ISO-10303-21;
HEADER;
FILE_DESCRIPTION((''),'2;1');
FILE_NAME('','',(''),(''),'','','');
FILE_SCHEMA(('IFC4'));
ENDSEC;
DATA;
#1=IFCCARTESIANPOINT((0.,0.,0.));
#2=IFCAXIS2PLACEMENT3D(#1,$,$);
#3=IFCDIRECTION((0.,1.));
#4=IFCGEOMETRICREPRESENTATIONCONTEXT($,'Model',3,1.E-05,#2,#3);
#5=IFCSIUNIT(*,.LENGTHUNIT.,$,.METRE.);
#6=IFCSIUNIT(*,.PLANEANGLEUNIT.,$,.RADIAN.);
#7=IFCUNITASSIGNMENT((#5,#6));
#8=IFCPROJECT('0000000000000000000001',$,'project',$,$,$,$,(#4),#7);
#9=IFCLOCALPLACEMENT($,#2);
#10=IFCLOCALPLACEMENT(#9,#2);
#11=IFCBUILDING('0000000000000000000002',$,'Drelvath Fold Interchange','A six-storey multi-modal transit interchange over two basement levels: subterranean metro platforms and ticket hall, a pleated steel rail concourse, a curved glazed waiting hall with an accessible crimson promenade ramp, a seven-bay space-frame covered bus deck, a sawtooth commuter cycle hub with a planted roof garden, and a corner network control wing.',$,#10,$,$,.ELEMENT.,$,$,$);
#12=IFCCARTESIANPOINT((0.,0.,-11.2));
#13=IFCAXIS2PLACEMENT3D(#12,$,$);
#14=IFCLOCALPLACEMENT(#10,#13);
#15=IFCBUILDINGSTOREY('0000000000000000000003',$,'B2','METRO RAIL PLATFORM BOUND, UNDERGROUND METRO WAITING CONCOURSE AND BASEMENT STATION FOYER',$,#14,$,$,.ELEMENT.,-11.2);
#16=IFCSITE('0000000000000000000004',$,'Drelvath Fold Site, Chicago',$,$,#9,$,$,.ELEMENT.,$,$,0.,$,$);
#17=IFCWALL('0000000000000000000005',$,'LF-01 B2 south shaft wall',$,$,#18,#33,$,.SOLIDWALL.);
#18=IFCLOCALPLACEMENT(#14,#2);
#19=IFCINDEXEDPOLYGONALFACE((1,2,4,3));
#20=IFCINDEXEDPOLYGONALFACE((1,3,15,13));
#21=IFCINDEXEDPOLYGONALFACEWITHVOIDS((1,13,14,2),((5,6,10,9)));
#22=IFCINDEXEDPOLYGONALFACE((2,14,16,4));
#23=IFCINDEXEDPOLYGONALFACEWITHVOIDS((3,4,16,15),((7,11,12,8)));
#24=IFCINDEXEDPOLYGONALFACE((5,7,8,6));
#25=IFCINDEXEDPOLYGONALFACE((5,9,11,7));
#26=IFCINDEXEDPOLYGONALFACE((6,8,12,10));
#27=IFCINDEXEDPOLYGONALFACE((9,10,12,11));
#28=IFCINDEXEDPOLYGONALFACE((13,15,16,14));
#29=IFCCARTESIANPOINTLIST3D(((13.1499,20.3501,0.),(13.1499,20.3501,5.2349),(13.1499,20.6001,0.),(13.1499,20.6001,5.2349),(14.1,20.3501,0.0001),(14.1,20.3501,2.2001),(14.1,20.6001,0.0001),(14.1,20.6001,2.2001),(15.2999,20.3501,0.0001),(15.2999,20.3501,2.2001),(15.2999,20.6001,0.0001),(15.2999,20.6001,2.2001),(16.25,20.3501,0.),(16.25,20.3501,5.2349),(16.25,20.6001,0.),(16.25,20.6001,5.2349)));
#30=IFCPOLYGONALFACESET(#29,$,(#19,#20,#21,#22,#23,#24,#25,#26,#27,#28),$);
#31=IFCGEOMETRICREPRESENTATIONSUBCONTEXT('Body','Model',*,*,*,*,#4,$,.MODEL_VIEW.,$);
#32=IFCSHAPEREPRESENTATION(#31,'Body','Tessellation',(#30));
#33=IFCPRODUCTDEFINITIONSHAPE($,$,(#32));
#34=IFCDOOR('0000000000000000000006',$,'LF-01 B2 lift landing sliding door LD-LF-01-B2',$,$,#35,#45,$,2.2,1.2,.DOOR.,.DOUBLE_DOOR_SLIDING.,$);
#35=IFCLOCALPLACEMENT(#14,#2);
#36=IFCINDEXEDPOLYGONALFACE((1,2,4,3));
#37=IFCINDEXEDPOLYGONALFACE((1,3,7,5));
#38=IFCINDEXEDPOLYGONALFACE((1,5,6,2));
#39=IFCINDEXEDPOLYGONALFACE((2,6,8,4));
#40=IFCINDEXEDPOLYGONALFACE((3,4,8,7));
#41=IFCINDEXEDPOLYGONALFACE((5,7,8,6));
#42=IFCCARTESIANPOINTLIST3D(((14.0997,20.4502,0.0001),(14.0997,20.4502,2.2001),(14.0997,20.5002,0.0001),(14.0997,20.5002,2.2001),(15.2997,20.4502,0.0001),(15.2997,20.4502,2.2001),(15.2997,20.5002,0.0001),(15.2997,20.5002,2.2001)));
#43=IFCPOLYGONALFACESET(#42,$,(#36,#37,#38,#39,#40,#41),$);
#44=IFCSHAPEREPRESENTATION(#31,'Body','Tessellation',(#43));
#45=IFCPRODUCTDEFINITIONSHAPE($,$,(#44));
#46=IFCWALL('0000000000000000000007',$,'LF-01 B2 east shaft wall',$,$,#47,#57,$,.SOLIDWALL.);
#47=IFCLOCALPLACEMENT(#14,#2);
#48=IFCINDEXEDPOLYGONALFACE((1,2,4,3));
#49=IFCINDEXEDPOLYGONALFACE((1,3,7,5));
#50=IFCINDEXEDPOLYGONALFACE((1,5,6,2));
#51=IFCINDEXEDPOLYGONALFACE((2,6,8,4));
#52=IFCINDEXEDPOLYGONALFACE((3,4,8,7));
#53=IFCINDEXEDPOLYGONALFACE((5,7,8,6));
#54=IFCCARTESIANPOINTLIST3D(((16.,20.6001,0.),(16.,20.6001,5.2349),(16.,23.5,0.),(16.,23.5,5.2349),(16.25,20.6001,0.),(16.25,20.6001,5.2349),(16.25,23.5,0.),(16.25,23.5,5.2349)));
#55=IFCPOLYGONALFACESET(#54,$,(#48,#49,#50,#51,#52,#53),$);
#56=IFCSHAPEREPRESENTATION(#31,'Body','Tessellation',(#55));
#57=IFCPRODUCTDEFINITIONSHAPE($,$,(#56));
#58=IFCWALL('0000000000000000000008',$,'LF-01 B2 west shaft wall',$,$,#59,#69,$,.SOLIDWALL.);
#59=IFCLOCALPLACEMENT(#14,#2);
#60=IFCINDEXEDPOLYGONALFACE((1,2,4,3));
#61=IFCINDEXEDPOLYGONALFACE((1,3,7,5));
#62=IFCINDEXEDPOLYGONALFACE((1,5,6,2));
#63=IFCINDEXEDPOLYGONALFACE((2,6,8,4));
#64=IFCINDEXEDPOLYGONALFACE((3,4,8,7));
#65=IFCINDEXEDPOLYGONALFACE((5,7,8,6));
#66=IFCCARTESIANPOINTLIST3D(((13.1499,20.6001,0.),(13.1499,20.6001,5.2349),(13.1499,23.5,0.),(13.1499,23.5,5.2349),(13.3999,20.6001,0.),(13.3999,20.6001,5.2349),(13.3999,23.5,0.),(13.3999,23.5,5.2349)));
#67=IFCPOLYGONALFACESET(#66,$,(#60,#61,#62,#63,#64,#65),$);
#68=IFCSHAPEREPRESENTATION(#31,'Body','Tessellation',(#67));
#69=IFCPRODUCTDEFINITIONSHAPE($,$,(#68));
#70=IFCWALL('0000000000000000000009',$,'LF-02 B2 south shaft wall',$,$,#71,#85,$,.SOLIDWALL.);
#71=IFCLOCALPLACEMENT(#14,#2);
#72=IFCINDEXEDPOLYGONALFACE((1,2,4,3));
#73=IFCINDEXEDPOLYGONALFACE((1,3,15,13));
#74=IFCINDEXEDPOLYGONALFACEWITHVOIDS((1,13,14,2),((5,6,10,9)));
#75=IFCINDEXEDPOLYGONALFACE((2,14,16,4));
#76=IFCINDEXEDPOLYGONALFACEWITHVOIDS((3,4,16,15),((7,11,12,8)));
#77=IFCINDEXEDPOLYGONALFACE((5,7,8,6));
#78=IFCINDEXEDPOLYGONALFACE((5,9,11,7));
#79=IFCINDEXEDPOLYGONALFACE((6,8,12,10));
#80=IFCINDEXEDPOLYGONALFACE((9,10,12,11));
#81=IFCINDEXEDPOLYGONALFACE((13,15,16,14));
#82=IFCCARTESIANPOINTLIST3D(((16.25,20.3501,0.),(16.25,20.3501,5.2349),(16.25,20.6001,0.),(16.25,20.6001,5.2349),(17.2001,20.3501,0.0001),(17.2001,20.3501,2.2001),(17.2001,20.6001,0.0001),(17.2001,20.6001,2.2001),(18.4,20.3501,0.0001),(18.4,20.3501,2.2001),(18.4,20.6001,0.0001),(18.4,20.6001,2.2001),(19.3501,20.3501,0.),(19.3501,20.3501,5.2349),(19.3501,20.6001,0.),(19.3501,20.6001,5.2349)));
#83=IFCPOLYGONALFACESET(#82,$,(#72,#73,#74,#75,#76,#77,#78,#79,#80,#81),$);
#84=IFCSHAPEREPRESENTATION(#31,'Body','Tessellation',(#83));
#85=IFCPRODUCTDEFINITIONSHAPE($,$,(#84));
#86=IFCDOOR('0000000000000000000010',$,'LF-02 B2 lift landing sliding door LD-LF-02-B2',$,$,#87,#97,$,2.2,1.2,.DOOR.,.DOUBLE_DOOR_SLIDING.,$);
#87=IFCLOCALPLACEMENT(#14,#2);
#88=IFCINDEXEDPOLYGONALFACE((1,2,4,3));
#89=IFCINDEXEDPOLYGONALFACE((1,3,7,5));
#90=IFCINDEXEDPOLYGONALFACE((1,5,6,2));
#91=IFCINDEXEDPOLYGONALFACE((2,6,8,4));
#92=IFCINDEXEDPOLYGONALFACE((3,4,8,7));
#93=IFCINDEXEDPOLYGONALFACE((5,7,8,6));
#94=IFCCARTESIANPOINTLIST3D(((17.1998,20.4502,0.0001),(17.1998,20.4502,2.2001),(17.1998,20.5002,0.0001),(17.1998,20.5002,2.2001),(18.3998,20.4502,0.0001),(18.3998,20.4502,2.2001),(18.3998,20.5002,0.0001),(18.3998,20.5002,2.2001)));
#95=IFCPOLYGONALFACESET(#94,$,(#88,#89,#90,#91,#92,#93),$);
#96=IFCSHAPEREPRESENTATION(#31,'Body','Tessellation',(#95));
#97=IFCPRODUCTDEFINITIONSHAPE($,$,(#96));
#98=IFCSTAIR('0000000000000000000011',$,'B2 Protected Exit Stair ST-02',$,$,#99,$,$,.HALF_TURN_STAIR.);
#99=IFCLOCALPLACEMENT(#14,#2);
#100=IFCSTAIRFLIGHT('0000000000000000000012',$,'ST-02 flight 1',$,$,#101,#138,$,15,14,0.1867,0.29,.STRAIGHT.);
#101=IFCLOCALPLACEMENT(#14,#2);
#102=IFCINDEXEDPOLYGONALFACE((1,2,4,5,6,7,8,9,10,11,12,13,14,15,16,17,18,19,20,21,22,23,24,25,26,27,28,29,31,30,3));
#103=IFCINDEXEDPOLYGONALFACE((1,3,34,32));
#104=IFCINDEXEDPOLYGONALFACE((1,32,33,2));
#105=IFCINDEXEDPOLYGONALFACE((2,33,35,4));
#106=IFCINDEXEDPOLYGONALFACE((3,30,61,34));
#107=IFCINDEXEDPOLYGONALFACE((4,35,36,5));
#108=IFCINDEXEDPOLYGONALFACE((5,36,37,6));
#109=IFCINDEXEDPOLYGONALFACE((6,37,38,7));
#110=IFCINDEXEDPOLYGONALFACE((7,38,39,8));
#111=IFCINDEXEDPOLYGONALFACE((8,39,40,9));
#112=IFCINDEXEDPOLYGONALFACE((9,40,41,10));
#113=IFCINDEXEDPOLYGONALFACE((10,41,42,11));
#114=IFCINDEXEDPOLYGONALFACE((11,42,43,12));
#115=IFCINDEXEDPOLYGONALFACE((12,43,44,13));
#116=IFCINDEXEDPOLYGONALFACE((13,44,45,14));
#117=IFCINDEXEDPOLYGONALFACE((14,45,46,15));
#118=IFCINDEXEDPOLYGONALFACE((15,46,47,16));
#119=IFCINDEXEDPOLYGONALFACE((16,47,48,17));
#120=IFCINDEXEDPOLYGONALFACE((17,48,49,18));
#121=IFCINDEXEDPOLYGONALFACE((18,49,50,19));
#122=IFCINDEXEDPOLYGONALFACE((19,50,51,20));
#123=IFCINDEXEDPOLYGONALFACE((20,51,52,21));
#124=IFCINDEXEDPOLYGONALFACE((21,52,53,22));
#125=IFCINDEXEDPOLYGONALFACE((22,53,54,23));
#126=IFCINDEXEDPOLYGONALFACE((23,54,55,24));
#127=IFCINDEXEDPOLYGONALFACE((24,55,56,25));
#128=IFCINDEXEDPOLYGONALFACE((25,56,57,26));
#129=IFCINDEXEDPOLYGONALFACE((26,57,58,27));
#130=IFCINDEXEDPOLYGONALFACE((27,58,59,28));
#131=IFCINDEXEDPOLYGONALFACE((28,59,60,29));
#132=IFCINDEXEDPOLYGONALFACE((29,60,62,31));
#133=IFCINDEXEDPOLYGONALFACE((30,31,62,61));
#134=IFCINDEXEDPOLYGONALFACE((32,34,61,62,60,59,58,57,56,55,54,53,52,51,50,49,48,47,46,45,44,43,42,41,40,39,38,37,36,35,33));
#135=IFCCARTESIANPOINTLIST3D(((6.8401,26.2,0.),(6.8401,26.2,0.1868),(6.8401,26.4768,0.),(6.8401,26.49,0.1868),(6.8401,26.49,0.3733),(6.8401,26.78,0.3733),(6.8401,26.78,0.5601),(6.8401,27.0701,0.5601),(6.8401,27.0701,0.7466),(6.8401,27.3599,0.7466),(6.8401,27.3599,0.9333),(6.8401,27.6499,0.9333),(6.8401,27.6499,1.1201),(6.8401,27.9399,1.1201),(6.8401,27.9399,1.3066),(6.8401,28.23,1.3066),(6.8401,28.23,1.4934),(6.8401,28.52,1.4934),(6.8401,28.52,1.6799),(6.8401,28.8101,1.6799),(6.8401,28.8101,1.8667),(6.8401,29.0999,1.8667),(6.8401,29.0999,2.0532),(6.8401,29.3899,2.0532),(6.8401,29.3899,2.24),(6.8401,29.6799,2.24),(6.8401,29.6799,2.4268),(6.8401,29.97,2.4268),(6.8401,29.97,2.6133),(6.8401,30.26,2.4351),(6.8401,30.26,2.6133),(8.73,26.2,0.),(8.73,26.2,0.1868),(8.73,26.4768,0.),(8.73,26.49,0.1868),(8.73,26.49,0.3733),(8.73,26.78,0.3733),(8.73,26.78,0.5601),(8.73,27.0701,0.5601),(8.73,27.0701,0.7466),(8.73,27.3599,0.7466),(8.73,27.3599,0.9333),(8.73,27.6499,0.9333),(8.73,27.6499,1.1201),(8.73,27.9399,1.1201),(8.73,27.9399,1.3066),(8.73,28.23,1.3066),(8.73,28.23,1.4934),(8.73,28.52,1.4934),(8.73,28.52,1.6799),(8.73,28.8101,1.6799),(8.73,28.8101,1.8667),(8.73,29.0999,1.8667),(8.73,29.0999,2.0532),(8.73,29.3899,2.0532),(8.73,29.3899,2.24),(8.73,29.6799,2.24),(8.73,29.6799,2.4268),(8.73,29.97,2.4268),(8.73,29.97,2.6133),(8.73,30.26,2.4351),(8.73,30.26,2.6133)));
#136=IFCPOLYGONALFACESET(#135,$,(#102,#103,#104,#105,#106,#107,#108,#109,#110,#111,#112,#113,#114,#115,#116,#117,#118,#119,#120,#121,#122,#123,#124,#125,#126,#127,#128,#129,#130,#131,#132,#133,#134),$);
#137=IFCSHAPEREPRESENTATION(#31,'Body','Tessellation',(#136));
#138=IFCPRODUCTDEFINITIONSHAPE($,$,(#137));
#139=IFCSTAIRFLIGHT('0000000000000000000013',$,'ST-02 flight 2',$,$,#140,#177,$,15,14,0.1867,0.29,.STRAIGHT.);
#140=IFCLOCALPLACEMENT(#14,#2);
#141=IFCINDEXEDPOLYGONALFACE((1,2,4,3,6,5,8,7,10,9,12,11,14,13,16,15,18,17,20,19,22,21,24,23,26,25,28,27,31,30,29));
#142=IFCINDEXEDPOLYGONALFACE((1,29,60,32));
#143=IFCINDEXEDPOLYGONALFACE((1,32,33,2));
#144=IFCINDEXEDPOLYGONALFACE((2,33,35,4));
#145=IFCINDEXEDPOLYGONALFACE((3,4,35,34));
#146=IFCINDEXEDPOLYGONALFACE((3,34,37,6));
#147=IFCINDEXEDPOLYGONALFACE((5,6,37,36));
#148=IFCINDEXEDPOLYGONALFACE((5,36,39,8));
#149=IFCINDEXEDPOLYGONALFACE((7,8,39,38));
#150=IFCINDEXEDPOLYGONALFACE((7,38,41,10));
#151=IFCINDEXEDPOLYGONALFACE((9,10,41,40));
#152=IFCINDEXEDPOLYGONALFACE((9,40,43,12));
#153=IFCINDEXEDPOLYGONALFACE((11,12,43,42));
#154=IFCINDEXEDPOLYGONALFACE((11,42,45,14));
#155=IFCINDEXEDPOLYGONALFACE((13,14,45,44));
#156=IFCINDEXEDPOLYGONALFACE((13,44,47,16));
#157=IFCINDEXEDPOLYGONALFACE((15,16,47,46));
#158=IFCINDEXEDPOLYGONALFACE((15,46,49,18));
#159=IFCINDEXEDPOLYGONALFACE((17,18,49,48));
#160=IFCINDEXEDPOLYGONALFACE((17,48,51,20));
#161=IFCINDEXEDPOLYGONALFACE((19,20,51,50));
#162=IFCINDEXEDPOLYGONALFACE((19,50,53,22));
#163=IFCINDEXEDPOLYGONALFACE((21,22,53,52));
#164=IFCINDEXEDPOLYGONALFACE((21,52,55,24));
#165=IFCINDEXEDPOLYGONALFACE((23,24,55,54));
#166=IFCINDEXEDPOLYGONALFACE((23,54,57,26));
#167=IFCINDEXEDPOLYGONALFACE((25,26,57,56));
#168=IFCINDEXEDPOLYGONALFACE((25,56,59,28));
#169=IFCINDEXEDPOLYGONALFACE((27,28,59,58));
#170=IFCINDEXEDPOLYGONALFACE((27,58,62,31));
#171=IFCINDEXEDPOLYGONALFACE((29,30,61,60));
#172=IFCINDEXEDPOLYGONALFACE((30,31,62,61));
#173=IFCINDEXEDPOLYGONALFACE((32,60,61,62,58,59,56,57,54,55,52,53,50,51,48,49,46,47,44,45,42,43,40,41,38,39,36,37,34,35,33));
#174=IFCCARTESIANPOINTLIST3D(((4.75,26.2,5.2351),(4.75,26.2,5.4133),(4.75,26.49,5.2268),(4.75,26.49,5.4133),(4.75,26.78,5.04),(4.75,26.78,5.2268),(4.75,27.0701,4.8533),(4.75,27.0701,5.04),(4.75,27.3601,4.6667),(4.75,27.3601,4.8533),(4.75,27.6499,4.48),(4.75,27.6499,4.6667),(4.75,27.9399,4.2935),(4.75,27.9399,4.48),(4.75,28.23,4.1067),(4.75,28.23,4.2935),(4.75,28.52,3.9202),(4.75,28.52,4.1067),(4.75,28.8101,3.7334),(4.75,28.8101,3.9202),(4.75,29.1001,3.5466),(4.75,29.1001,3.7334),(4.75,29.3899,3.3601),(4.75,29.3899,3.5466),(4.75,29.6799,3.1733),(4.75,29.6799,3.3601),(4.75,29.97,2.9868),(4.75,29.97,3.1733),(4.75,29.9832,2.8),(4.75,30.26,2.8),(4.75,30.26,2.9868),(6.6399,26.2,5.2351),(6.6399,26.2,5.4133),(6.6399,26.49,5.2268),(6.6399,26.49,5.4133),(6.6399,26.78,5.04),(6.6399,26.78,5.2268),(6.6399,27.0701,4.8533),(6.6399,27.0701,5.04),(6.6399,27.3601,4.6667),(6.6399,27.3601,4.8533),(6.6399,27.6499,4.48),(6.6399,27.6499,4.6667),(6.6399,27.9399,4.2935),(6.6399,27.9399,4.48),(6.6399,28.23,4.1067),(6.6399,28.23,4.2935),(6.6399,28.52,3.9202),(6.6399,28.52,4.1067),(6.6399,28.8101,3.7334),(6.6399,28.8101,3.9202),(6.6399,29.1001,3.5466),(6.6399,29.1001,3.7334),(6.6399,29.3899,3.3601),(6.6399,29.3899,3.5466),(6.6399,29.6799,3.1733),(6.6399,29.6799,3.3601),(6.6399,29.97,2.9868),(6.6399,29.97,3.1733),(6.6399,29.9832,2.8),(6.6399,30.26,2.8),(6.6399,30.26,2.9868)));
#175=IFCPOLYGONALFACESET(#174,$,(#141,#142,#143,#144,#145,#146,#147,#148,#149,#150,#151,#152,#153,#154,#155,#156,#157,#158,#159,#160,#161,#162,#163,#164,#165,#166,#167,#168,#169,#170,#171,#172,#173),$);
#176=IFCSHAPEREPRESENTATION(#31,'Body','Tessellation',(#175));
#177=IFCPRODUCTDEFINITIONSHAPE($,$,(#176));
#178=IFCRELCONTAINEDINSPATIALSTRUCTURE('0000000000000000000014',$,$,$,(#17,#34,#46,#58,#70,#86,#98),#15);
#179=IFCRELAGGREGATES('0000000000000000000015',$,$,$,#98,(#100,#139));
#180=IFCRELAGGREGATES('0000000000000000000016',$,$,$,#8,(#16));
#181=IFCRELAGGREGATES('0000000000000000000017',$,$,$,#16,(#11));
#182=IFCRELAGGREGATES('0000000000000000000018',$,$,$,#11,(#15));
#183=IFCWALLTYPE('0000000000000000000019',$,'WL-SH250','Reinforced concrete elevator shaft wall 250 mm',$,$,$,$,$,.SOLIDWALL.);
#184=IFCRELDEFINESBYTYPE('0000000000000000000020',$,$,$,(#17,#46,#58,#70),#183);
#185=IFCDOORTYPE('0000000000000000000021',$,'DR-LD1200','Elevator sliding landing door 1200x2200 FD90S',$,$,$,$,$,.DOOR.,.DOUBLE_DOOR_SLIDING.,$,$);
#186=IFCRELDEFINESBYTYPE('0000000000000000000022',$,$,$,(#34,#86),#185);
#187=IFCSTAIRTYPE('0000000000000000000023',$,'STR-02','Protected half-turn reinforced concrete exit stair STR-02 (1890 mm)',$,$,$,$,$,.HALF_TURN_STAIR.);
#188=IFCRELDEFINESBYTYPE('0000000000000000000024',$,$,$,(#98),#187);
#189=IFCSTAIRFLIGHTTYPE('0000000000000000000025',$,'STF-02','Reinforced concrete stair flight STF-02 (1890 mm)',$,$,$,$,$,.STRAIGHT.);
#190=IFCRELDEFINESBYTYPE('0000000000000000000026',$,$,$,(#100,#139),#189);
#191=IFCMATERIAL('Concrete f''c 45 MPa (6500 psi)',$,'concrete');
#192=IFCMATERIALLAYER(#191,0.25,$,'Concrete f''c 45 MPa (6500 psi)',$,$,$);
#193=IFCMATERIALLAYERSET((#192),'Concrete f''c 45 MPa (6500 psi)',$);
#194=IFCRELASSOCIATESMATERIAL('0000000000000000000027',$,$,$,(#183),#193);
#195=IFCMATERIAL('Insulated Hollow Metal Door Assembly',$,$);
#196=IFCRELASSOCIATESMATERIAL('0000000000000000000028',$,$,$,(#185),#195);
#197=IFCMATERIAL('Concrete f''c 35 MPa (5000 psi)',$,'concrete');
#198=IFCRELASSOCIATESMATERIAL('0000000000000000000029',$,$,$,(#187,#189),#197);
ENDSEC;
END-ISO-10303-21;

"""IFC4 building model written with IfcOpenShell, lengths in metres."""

from ifc_helpers import new_model, si_unit, direction, frame, frame_2d, origin, place, context, subcontext, project, spatial, polyline, rectangle, outline, extrude, material, layer, layer_set, type_object, element, fill, aggregate, save


model = new_model("IFC4")

# Units and contexts
model_context = context("Model", 3, precision=1e-05, world=origin(), true_north=direction((0.0, 1.0)))
body_context = subcontext(model_context, "Body", "Model", "MODEL_VIEW")
ifc_project = project(units=[si_unit("LENGTHUNIT", "METRE"), si_unit("PLANEANGLEUNIT", "RADIAN")], contexts=[model_context])

# Site, building, storey
site_placement = place(None, origin())
site = spatial("IfcSite", under=ifc_project, at=site_placement, Name="Drelvath Fold Site, Chicago", CompositionType="ELEMENT", RefElevation=0.0)
building_placement = place(site_placement, origin())
building = spatial("IfcBuilding", under=site, at=building_placement, Name="Drelvath Fold Interchange", Description="A six-storey multi-modal transit interchange over two basement levels: subterranean metro platforms and ticket hall, a pleated steel rail concourse, a curved glazed waiting hall with an accessible crimson promenade ramp, a seven-bay space-frame covered bus deck, a sawtooth commuter cycle hub with a planted roof garden, and a corner network control wing.", CompositionType="ELEMENT")
storey_placement = place(building_placement, frame((0.0, 0.0, -11.2)))
storey = spatial("IfcBuildingStorey", under=building, at=storey_placement, Name="B2", Description="METRO RAIL PLATFORM BOUND, UNDERGROUND METRO WAITING CONCOURSE AND BASEMENT STATION FOYER", CompositionType="ELEMENT", Elevation=-11.2)

# Shared definitions
ifc_material_1 = material(Name="Concrete f'c 45 MPa (6500 psi)", Category="concrete")

# Shared definitions
ifc_material_2 = material(Name="Insulated Hollow Metal Door Assembly")

# Shared definitions
ifc_layer_1 = layer(ifc_material_1, 0.25, Name="Concrete f'c 45 MPa (6500 psi)")
ifc_layer_set_1 = layer_set([ifc_layer_1], Name="Concrete f'c 45 MPa (6500 psi)")
wall_type_1 = type_object("IfcWallType", Name="WL-SH250", Description="Reinforced concrete elevator shaft wall 250 mm", PredefinedType="SOLIDWALL", material=ifc_layer_set_1)

# Wall, opening, door
wall_1_placement = place(storey_placement, frame((13.1499, 20.4751, 0.0), z_axis=(0.0, 0.0, 1.0), x_axis=(1.0, 0.0, 0.0)))
wall_1 = element("IfcWall", 1, at=wall_1_placement, inside=storey, type_object=wall_type_1, Name="LF-01 B2 south shaft wall", PredefinedType="SOLIDWALL", context=body_context, shape_type="SweptSolid", body=[
    extrude(rectangle(XDim=3.1001, YDim=0.25, at=frame_2d((1.55, 0.0))), origin(), (0.0, 0.0, 1.0), 5.2349),
])
opening_1_placement = place(wall_1_placement, frame((0.95, 0.0, 0.0)))
opening_1 = element("IfcOpeningElement", 2, at=opening_1_placement, cuts=wall_1, PredefinedType="OPENING", context=body_context, shape_type="SweptSolid", body=[
    extrude(rectangle(XDim=1.2, YDim=2.2, at=frame_2d((0.6001, 1.1001))), frame((0.0, 0.135, 0.0), z_axis=(0.0, -1.0, 0.0), x_axis=(1.0, 0.0, 0.0)), (0.0, 0.0, 1.0), 0.27),
])
door_type_1 = type_object("IfcDoorType", Name="DR-LD1200", Description="Elevator sliding landing door 1200x2200 FD90S", OperationType="DOUBLE_DOOR_SLIDING", PredefinedType="DOOR", material=ifc_material_2)
door_1_placement = place(opening_1_placement, frame((1.2, 0.0, 0.0), z_axis=(0.0, 0.0, 1.0), x_axis=(-1.0, 0.0, 0.0)))
door_1 = element("IfcDoor", 3, at=door_1_placement, inside=storey, type_object=door_type_1, Name="LF-01 B2 lift landing sliding door LD-LF-01-B2", OperationType="DOUBLE_DOOR_SLIDING", OverallHeight=2.2, OverallWidth=1.2, PredefinedType="DOOR", context=body_context, shape_type="SweptSolid", body=[
    extrude(rectangle(XDim=1.2, YDim=2.2, at=frame_2d((0.6001, 1.1001))), frame((0.0, 0.0249, 0.0), z_axis=(0.0, -1.0, 0.0), x_axis=(1.0, 0.0, 0.0)), (0.0, 0.0, 1.0), 0.05),
])
fill(opening_1, door_1)

# Walls
for number, where, z_axis, x_axis, name in (
    (4, (16.125, 20.6001, 0.0), (0.0, 0.0, 1.0), (0.0, 1.0, 0.0), "LF-01 B2 east shaft wall"),
    (5, (13.2749, 23.5, 0.0), (0.0, 0.0, 1.0), (0.0, -1.0, 0.0), "LF-01 B2 west shaft wall"),
):
    element("IfcWall", number, at=place(storey_placement, frame(where, z_axis=z_axis, x_axis=x_axis)), inside=storey, type_object=wall_type_1, Name=name, PredefinedType="SOLIDWALL", context=body_context, shape_type="SweptSolid", body=[
        extrude(rectangle(XDim=2.8999, YDim=0.25, at=frame_2d((1.45, 0.0))), origin(), (0.0, 0.0, 1.0), 5.2349),
    ])

# Wall, opening, door
wall_2_placement = place(storey_placement, frame((16.25, 20.4751, 0.0), z_axis=(0.0, 0.0, 1.0), x_axis=(1.0, 0.0, 0.0)))
wall_2 = element("IfcWall", 6, at=wall_2_placement, inside=storey, type_object=wall_type_1, Name="LF-02 B2 south shaft wall", PredefinedType="SOLIDWALL", context=body_context, shape_type="SweptSolid", body=[
    extrude(rectangle(XDim=3.1001, YDim=0.25, at=frame_2d((1.55, 0.0))), origin(), (0.0, 0.0, 1.0), 5.2349),
])
opening_2_placement = place(wall_2_placement, frame((0.95, 0.0, 0.0)))
opening_2 = element("IfcOpeningElement", 7, at=opening_2_placement, cuts=wall_2, PredefinedType="OPENING", context=body_context, shape_type="SweptSolid", body=[
    extrude(rectangle(XDim=1.2, YDim=2.2, at=frame_2d((0.6001, 1.1001))), frame((0.0, 0.135, 0.0), z_axis=(0.0, -1.0, 0.0), x_axis=(1.0, 0.0, 0.0)), (0.0, 0.0, 1.0), 0.27),
])
door_2_placement = place(opening_2_placement, frame((1.2, 0.0, 0.0), z_axis=(0.0, 0.0, 1.0), x_axis=(-1.0, 0.0, 0.0)))
door_2 = element("IfcDoor", 8, at=door_2_placement, inside=storey, type_object=door_type_1, Name="LF-02 B2 lift landing sliding door LD-LF-02-B2", OperationType="DOUBLE_DOOR_SLIDING", OverallHeight=2.2, OverallWidth=1.2, PredefinedType="DOOR", context=body_context, shape_type="SweptSolid", body=[
    extrude(rectangle(XDim=1.2, YDim=2.2, at=frame_2d((0.6001, 1.1001))), frame((0.0, 0.0249, 0.0), z_axis=(0.0, -1.0, 0.0), x_axis=(1.0, 0.0, 0.0)), (0.0, 0.0, 1.0), 0.05),
])
fill(opening_2, door_2)

# Stair, stair flights
ifc_material_3 = material(Name="Concrete f'c 35 MPa (5000 psi)", Category="concrete")
stair_type = type_object("IfcStairType", Name="STR-02", Description="Protected half-turn reinforced concrete exit stair STR-02 (1890 mm)", PredefinedType="HALF_TURN_STAIR", material=ifc_material_3)
stair_placement = place(storey_placement, origin())
stair = element("IfcStair", 9, at=stair_placement, inside=storey, type_object=stair_type, Name="B2 Protected Exit Stair ST-02", PredefinedType="HALF_TURN_STAIR")
stair_flight_type = type_object("IfcStairFlightType", Name="STF-02", Description="Reinforced concrete stair flight STF-02 (1890 mm)", PredefinedType="STRAIGHT", material=ifc_material_3)
stair_flight_1_placement = place(storey_placement, frame((7.7849, 26.2, 0.0), z_axis=(0.0, 0.0, 1.0), x_axis=(0.0, 1.0, 0.0)))
stair_flight_1 = element("IfcStairFlight", 10, at=stair_flight_1_placement, type_object=stair_flight_type, Name="ST-02 flight 1", NumberOfRisers=15, NumberOfTreads=14, PredefinedType="STRAIGHT", RiserHeight=0.1867, TreadLength=0.29, context=body_context, shape_type="SweptSolid", body=[
    extrude(outline(polyline([(0.0, 0.0), (0.0, 0.1868), (0.29, 0.1868), (0.29, 0.3733), (0.5801, 0.3733), (0.5801, 0.5601), (0.8701, 0.5601), (0.8701, 0.7466), (1.1599, 0.7466), (1.1599, 0.9333), (1.45, 0.9333), (1.45, 1.1201), (1.74, 1.1201), (1.74, 1.3066), (2.03, 1.3066), (2.03, 1.4934), (2.3201, 1.4934), (2.3201, 1.6799), (2.6101, 1.6799), (2.6101, 1.8667), (2.8999, 1.8667), (2.8999, 2.0532), (3.1899, 2.0532), (3.1899, 2.24), (3.48, 2.24), (3.48, 2.4268), (3.77, 2.4268), (3.77, 2.6133), (4.0601, 2.6133), (4.0601, 2.8), (4.0601, 2.4351), (0.2769, 0.0), (0.0, 0.0)])), frame((0.0, 0.9448, 0.0), z_axis=(0.0, -1.0, 0.0), x_axis=(1.0, 0.0, 0.0)), (0.0, 0.0, 1.0), 1.8899),
])
stair_flight_2_placement = place(storey_placement, frame((5.6951, 30.26, 2.8), z_axis=(0.0, 0.0, 1.0), x_axis=(0.0, -1.0, 0.0)))
stair_flight_2 = element("IfcStairFlight", 11, at=stair_flight_2_placement, type_object=stair_flight_type, Name="ST-02 flight 2", NumberOfRisers=15, NumberOfTreads=14, PredefinedType="STRAIGHT", RiserHeight=0.1867, TreadLength=0.29, context=body_context, shape_type="SweptSolid", body=[
    extrude(outline(polyline([(0.0, 0.0), (0.0, 0.1868), (0.29, 0.1868), (0.29, 0.3733), (0.5801, 0.3733), (0.5801, 0.5601), (0.8701, 0.5601), (0.8701, 0.7466), (1.1599, 0.7466), (1.1599, 0.9333), (1.45, 0.9333), (1.45, 1.1201), (1.74, 1.1201), (1.74, 1.3066), (2.03, 1.3066), (2.03, 1.4934), (2.3201, 1.4934), (2.3201, 1.6799), (2.6101, 1.6799), (2.6101, 1.8667), (2.8999, 1.8667), (2.8999, 2.0532), (3.1899, 2.0532), (3.1899, 2.24), (3.48, 2.24), (3.48, 2.4268), (3.77, 2.4268), (3.77, 2.6133), (4.0601, 2.6133), (4.0601, 2.8), (4.0601, 2.4351), (0.2769, 0.0), (0.0, 0.0)])), frame((0.0, 0.9448, 0.0), z_axis=(0.0, -1.0, 0.0), x_axis=(1.0, 0.0, 0.0)), (0.0, 0.0, 1.0), 1.8899),
])
aggregate(stair, [stair_flight_1, stair_flight_2])

save(model, "model.ifc")
